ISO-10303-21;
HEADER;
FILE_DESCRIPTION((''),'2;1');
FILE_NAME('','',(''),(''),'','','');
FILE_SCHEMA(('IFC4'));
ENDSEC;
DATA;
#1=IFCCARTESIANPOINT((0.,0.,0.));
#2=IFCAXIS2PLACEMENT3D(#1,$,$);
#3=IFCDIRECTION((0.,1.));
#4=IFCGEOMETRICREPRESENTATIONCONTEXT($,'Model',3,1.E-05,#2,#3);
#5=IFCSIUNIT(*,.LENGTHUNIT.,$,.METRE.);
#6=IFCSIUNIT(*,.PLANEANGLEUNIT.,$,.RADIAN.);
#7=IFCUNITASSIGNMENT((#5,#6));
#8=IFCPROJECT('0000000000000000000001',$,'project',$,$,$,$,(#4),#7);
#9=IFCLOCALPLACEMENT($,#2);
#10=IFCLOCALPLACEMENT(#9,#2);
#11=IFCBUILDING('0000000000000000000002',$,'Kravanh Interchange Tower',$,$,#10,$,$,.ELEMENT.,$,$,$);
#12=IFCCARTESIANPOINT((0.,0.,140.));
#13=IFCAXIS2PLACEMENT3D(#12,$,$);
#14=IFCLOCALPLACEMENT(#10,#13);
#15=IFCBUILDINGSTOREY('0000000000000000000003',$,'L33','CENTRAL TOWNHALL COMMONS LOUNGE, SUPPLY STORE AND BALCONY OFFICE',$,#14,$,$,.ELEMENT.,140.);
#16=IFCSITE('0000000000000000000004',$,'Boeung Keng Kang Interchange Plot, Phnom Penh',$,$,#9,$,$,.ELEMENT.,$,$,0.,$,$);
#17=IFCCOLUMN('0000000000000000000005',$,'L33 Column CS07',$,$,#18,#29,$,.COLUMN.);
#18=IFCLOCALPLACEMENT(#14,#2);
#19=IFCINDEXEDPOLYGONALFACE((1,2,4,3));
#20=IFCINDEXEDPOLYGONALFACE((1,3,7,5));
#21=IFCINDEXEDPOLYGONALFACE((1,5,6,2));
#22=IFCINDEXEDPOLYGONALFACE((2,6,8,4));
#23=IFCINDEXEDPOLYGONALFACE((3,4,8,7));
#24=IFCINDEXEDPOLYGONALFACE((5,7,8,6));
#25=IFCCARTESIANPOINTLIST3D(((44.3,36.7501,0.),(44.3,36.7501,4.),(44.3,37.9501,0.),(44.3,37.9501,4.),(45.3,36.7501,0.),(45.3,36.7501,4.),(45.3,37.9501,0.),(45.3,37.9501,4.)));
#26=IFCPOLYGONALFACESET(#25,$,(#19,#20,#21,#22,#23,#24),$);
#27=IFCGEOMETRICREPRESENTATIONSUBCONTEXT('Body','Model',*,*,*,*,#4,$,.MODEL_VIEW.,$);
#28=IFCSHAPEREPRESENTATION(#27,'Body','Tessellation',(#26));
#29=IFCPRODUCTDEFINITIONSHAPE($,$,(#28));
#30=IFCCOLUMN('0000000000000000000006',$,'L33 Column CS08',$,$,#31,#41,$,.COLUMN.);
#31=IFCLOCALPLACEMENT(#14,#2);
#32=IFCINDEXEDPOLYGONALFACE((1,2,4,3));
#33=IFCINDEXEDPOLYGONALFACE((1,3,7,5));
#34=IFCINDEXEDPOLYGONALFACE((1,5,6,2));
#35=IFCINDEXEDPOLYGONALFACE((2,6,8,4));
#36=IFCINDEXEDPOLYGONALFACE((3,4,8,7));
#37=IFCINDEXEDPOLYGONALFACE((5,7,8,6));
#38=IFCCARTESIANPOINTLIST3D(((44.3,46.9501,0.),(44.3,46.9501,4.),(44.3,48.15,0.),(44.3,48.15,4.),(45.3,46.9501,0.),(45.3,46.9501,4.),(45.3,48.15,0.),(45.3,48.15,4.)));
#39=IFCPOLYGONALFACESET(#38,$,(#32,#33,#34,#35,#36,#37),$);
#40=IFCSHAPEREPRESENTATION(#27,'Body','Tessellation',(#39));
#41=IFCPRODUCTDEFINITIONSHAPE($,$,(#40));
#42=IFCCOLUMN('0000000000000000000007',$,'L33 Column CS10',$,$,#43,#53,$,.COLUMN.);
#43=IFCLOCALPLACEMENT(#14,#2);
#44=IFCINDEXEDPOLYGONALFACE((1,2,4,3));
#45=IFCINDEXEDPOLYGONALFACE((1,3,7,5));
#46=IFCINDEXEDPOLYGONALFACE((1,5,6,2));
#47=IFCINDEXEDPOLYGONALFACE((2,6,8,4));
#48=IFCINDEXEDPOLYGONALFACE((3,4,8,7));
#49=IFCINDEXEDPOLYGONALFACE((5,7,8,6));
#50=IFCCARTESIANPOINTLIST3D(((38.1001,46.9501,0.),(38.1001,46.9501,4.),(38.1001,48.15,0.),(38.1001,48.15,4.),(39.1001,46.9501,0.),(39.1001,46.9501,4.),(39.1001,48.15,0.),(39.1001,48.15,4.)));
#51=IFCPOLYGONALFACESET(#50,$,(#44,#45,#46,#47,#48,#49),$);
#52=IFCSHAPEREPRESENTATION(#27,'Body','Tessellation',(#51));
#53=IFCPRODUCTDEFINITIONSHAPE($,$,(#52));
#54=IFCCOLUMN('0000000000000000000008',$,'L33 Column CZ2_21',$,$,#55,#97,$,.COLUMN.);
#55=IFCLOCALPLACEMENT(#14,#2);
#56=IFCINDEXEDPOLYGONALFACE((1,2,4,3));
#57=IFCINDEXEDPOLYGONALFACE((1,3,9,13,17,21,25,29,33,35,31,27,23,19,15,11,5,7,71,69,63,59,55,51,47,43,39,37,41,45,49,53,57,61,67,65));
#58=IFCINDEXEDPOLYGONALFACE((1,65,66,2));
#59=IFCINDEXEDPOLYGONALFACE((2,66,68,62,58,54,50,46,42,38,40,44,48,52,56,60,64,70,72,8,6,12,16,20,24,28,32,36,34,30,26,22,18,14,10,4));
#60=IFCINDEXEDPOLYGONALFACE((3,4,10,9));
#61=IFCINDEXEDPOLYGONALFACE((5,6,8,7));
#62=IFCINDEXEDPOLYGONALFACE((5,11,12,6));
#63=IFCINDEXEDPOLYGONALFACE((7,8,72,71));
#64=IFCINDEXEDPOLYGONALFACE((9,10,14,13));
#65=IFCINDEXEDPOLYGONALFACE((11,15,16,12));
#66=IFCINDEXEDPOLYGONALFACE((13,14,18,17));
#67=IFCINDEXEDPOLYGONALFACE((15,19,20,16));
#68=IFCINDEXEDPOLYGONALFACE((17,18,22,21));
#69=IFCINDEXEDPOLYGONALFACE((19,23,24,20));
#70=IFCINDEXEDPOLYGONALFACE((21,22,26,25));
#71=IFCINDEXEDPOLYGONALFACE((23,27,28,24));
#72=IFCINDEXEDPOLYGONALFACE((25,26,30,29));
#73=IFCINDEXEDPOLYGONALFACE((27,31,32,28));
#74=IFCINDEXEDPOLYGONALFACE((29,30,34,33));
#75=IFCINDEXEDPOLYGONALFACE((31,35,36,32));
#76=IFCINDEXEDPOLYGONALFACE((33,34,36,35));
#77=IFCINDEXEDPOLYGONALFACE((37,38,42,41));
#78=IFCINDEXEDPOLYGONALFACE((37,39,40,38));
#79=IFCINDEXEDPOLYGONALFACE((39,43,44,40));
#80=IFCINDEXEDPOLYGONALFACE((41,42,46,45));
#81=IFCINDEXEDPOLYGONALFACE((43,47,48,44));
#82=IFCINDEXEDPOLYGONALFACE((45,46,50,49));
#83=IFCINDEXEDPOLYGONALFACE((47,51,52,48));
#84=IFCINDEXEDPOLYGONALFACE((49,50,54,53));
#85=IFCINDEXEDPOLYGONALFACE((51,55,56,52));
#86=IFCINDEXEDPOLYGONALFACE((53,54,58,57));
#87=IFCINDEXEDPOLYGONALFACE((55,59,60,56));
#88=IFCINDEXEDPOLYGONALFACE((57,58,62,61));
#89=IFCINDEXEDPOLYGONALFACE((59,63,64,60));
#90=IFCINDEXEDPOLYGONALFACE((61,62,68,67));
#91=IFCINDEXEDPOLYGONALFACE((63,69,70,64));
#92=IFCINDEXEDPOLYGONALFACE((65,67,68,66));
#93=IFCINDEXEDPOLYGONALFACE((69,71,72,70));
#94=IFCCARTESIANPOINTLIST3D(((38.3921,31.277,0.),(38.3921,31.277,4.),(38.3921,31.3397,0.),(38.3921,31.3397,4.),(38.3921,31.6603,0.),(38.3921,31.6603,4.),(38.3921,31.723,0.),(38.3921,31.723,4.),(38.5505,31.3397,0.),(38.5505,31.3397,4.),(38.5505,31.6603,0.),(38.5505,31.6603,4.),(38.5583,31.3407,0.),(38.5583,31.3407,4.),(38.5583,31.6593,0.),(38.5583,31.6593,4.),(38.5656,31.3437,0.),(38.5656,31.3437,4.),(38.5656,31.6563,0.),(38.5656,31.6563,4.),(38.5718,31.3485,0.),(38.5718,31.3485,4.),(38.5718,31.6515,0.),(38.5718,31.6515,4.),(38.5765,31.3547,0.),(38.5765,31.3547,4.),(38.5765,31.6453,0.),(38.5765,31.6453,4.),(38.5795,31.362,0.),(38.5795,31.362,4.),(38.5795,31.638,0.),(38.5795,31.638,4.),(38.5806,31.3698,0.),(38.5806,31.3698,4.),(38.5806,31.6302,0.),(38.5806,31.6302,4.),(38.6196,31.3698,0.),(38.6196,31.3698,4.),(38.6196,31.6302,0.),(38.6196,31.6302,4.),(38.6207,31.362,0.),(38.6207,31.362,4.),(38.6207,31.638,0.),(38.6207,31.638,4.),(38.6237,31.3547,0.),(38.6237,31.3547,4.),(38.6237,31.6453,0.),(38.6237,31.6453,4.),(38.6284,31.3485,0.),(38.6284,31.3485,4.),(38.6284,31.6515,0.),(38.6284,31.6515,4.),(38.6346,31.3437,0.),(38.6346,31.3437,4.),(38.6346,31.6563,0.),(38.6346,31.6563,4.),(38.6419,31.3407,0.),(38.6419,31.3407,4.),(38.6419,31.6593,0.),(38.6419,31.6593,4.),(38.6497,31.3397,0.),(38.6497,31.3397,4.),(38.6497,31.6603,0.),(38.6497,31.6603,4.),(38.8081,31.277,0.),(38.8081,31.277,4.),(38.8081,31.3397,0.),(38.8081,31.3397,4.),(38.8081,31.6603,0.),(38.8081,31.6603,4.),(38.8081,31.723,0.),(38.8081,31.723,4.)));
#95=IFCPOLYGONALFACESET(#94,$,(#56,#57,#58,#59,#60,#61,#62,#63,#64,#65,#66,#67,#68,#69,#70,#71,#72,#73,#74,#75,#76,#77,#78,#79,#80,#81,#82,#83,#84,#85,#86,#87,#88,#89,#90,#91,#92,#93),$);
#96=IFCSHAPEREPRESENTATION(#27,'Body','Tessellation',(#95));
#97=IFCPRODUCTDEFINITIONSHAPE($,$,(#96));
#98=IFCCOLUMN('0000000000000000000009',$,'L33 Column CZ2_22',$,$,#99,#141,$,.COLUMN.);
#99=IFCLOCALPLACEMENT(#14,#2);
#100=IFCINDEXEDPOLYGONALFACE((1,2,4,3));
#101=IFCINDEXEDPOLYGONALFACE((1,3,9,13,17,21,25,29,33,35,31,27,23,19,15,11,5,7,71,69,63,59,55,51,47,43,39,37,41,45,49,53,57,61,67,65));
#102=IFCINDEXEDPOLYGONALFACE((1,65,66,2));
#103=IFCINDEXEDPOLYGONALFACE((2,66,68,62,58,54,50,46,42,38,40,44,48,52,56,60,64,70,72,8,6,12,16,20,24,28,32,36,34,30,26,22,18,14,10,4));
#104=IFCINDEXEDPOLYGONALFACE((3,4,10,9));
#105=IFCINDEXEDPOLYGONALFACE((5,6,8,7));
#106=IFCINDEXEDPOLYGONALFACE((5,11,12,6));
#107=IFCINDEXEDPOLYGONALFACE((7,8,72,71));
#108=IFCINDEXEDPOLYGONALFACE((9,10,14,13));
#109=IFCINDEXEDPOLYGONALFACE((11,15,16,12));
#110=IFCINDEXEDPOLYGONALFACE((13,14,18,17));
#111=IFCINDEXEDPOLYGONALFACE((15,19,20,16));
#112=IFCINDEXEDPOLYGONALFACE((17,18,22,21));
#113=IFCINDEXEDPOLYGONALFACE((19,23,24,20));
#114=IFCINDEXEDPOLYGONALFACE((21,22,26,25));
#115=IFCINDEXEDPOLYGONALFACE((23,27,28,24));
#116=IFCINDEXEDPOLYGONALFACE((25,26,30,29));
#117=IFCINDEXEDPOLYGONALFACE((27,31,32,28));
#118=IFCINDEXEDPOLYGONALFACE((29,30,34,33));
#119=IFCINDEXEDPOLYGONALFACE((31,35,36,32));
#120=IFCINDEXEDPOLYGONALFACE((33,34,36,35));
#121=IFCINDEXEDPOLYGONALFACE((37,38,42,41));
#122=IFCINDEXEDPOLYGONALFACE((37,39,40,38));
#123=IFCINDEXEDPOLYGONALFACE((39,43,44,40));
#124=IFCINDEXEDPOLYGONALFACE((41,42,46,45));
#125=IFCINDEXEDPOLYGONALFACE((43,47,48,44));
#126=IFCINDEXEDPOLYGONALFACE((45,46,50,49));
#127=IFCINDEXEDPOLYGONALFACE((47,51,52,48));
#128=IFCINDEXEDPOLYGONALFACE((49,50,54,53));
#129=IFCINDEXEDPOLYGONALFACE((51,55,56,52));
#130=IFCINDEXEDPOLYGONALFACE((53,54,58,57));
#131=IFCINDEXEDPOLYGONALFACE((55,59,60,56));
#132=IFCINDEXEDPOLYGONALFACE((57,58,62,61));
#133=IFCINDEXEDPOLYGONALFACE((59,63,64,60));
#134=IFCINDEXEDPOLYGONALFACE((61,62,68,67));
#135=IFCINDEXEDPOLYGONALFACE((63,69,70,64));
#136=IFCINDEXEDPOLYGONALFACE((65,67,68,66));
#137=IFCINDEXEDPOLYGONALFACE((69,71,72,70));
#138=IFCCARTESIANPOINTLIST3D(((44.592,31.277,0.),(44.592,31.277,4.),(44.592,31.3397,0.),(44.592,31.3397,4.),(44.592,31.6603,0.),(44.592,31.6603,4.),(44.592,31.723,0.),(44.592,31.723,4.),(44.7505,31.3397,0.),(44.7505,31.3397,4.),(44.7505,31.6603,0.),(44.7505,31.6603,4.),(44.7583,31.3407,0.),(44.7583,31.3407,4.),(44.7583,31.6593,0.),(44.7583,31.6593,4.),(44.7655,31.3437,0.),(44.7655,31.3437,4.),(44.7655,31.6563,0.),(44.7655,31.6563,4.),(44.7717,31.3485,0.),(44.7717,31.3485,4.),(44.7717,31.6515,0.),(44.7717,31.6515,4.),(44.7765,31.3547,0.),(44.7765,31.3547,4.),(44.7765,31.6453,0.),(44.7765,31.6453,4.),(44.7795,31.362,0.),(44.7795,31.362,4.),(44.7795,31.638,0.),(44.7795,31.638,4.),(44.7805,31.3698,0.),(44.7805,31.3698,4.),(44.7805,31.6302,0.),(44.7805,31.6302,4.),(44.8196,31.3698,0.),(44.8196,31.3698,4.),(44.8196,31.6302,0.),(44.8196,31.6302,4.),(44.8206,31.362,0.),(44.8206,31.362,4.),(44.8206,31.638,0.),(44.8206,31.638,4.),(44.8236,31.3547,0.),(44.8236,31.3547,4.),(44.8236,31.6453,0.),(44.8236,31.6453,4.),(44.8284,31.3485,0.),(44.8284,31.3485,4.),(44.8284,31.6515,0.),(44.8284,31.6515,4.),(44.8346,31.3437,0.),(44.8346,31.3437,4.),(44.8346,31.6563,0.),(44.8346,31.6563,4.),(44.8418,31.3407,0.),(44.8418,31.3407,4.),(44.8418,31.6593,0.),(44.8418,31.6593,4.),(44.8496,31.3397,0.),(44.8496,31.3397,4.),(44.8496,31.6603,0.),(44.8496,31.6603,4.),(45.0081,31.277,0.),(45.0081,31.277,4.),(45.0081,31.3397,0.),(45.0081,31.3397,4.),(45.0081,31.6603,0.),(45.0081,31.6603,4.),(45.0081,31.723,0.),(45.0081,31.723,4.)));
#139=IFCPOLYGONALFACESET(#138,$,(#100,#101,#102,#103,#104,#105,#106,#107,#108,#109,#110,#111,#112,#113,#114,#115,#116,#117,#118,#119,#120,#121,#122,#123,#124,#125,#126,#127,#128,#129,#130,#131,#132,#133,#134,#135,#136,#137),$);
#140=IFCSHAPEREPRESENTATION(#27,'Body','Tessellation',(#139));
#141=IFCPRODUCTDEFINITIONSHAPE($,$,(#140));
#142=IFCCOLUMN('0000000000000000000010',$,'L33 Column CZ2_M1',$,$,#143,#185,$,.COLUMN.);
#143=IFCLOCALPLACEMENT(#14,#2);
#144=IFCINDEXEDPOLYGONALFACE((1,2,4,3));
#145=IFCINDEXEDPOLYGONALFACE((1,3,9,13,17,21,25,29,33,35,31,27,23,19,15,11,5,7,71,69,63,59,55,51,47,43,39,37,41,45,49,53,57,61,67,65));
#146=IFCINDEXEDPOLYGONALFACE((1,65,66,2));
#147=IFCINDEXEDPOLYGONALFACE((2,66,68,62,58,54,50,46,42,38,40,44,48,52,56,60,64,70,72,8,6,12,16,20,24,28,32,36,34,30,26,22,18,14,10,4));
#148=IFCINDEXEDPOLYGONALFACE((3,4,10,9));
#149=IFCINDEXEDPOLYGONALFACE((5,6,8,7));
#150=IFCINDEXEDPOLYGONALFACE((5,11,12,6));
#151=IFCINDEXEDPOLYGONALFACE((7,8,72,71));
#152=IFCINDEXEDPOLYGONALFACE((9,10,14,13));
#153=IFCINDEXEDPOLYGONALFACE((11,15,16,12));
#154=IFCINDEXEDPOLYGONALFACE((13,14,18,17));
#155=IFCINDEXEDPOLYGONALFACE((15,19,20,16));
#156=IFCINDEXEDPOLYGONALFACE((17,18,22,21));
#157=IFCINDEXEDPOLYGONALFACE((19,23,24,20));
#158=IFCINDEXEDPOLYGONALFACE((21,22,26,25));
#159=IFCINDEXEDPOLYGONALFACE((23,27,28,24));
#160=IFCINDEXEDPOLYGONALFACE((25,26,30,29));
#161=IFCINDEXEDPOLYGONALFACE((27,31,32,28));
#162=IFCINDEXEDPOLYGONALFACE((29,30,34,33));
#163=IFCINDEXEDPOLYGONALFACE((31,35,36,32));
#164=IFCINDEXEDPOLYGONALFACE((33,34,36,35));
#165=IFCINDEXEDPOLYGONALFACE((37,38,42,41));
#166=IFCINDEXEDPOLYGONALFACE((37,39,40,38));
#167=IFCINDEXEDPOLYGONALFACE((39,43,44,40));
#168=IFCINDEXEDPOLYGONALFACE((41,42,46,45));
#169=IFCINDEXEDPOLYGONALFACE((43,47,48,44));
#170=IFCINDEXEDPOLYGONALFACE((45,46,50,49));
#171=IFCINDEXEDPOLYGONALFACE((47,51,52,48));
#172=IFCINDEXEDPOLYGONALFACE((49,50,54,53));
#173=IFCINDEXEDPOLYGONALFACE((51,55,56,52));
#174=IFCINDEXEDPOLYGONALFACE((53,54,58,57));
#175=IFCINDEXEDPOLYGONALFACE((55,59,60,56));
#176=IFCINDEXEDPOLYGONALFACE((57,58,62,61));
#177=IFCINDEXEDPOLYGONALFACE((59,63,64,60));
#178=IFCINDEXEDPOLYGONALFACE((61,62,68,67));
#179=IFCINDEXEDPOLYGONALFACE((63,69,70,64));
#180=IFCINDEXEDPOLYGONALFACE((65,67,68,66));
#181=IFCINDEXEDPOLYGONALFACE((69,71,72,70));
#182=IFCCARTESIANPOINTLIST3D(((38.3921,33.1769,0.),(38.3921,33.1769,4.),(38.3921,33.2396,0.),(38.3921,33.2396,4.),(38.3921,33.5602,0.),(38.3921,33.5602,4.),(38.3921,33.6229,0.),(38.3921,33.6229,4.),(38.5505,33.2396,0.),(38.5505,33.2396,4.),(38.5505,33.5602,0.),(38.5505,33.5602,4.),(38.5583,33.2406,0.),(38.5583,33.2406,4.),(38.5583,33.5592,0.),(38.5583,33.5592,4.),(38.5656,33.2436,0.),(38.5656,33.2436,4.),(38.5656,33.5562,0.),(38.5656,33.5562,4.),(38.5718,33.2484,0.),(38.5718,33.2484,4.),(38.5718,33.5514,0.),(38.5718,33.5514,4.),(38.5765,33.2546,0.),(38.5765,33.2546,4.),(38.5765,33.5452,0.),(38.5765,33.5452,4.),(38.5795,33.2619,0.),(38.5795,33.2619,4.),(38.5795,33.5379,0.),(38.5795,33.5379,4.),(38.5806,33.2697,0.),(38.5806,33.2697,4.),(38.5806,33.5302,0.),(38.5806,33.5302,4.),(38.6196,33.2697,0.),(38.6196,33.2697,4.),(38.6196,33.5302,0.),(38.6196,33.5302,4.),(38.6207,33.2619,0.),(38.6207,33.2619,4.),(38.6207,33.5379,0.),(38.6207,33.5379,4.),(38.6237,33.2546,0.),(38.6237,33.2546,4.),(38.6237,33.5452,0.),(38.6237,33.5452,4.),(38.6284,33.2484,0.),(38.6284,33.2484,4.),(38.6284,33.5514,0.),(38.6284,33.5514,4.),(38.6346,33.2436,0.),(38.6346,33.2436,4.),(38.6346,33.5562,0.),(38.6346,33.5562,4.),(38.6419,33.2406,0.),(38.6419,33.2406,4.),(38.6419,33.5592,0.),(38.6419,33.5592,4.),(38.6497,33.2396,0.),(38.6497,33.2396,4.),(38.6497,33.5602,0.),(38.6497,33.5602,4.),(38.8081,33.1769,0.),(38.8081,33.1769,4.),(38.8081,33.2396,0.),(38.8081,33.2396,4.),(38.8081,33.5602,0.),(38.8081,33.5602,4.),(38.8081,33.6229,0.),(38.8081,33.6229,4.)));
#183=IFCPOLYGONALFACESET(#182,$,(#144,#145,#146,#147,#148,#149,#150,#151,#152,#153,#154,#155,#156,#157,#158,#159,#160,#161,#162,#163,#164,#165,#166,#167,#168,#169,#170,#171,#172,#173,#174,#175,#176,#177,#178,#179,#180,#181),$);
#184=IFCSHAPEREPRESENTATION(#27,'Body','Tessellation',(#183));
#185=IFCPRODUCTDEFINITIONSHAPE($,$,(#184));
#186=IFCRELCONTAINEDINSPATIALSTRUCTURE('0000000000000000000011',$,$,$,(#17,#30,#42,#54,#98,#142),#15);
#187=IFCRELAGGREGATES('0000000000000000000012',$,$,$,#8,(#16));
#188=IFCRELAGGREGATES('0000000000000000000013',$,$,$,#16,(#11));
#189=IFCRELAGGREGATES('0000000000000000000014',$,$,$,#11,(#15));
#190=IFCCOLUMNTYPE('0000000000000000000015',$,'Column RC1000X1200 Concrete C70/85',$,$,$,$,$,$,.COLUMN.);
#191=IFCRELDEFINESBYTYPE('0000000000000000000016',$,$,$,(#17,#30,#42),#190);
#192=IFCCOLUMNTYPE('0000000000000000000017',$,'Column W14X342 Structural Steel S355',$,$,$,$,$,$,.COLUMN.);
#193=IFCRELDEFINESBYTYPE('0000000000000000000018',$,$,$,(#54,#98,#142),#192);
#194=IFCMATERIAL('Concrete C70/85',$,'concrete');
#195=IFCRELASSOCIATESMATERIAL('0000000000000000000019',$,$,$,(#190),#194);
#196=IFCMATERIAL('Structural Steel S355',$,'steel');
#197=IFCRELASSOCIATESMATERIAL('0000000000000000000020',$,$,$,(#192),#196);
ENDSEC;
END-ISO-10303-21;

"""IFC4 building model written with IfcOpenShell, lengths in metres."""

from ifc_helpers import new_model, si_unit, direction, frame, origin, origin_2d, place, context, subcontext, project, spatial, rectangle, i_section, extrude, material, material_profile, profile_set, type_object, element, save


model = new_model("IFC4")

# Units and contexts
model_context = context("Model", 3, precision=1e-05, world=origin(), true_north=direction((0.0, 1.0)))
body_context = subcontext(model_context, "Body", "Model", "MODEL_VIEW")
ifc_project = project(units=[si_unit("LENGTHUNIT", "METRE"), si_unit("PLANEANGLEUNIT", "RADIAN")], contexts=[model_context])

# Site, building, storey
site_placement = place(None, origin())
site = spatial("IfcSite", under=ifc_project, at=site_placement, Name="Boeung Keng Kang Interchange Plot, Phnom Penh", CompositionType="ELEMENT", RefElevation=0.0)
building_placement = place(site_placement, origin())
building = spatial("IfcBuilding", under=site, at=building_placement, Name="Kravanh Interchange Tower", CompositionType="ELEMENT")
storey_placement = place(building_placement, frame((0.0, 0.0, 140.0)))
storey = spatial("IfcBuildingStorey", under=building, at=storey_placement, Name="L33", Description="CENTRAL TOWNHALL COMMONS LOUNGE, SUPPLY STORE AND BALCONY OFFICE", CompositionType="ELEMENT", Elevation=140.0)

# Columns
ifc_material_1 = material(Name="Concrete C70/85", Category="concrete")
ifc_material_profile_1 = material_profile(ifc_material_1, rectangle(XDim=1.0, YDim=1.2, at=origin_2d()), Name="RC1000X1200")
ifc_profile_set_1 = profile_set([ifc_material_profile_1], Name="Concrete C70/85")
column_type_1 = type_object("IfcColumnType", Name="Column RC1000X1200 Concrete C70/85", PredefinedType="COLUMN", material=ifc_profile_set_1)
for number, where, z_axis, x_axis, name in (
    (1, (44.8, 37.3501, 0.0), (0.0, 0.0, 1.0), (1.0, 0.0, 0.0), "L33 Column CS07"),
    (2, (44.8, 47.55, 0.0), (0.0, 0.0, 1.0), (1.0, 0.0, 0.0), "L33 Column CS08"),
    (3, (38.6001, 47.55, 0.0), (0.0, 0.0, 1.0), (1.0, 0.0, 0.0), "L33 Column CS10"),
):
    element("IfcColumn", number, at=place(storey_placement, frame(where, z_axis=z_axis, x_axis=x_axis)), inside=storey, type_object=column_type_1, Name=name, PredefinedType="COLUMN", context=body_context, shape_type="SweptSolid", body=[
        extrude(rectangle(XDim=1.0, YDim=1.2, at=origin_2d()), origin(), (0.0, 0.0, 1.0), 4.0),
    ])
ifc_material_2 = material(Name="Structural Steel S355", Category="steel")
ifc_material_profile_2 = material_profile(ifc_material_2, i_section(OverallWidth=0.416, OverallDepth=0.446, WebThickness=0.0391, FlangeThickness=0.0627, FilletRadius=0.03, at=origin_2d()), Name="W14X342")
ifc_profile_set_2 = profile_set([ifc_material_profile_2], Name="Structural Steel S355")
column_type_2 = type_object("IfcColumnType", Name="Column W14X342 Structural Steel S355", PredefinedType="COLUMN", material=ifc_profile_set_2)
for number, where, z_axis, x_axis, name in (
    (4, (38.6001, 31.5, 0.0), (0.0, 0.0, 1.0), (1.0, 0.0, 0.0), "L33 Column CZ2_21"),
    (5, (44.8, 31.5, 0.0), (0.0, 0.0, 1.0), (1.0, 0.0, 0.0), "L33 Column CZ2_22"),
    (6, (38.6001, 33.3999, 0.0), (0.0, 0.0, 1.0), (1.0, 0.0, 0.0), "L33 Column CZ2_M1"),
):
    element("IfcColumn", number, at=place(storey_placement, frame(where, z_axis=z_axis, x_axis=x_axis)), inside=storey, type_object=column_type_2, Name=name, PredefinedType="COLUMN", context=body_context, shape_type="SweptSolid", body=[
        extrude(i_section(OverallWidth=0.416, OverallDepth=0.446, WebThickness=0.0391, FlangeThickness=0.0627, FilletRadius=0.03, at=origin_2d()), origin(), (0.0, 0.0, 1.0), 4.0),
    ])

save(model, "model.ifc")
